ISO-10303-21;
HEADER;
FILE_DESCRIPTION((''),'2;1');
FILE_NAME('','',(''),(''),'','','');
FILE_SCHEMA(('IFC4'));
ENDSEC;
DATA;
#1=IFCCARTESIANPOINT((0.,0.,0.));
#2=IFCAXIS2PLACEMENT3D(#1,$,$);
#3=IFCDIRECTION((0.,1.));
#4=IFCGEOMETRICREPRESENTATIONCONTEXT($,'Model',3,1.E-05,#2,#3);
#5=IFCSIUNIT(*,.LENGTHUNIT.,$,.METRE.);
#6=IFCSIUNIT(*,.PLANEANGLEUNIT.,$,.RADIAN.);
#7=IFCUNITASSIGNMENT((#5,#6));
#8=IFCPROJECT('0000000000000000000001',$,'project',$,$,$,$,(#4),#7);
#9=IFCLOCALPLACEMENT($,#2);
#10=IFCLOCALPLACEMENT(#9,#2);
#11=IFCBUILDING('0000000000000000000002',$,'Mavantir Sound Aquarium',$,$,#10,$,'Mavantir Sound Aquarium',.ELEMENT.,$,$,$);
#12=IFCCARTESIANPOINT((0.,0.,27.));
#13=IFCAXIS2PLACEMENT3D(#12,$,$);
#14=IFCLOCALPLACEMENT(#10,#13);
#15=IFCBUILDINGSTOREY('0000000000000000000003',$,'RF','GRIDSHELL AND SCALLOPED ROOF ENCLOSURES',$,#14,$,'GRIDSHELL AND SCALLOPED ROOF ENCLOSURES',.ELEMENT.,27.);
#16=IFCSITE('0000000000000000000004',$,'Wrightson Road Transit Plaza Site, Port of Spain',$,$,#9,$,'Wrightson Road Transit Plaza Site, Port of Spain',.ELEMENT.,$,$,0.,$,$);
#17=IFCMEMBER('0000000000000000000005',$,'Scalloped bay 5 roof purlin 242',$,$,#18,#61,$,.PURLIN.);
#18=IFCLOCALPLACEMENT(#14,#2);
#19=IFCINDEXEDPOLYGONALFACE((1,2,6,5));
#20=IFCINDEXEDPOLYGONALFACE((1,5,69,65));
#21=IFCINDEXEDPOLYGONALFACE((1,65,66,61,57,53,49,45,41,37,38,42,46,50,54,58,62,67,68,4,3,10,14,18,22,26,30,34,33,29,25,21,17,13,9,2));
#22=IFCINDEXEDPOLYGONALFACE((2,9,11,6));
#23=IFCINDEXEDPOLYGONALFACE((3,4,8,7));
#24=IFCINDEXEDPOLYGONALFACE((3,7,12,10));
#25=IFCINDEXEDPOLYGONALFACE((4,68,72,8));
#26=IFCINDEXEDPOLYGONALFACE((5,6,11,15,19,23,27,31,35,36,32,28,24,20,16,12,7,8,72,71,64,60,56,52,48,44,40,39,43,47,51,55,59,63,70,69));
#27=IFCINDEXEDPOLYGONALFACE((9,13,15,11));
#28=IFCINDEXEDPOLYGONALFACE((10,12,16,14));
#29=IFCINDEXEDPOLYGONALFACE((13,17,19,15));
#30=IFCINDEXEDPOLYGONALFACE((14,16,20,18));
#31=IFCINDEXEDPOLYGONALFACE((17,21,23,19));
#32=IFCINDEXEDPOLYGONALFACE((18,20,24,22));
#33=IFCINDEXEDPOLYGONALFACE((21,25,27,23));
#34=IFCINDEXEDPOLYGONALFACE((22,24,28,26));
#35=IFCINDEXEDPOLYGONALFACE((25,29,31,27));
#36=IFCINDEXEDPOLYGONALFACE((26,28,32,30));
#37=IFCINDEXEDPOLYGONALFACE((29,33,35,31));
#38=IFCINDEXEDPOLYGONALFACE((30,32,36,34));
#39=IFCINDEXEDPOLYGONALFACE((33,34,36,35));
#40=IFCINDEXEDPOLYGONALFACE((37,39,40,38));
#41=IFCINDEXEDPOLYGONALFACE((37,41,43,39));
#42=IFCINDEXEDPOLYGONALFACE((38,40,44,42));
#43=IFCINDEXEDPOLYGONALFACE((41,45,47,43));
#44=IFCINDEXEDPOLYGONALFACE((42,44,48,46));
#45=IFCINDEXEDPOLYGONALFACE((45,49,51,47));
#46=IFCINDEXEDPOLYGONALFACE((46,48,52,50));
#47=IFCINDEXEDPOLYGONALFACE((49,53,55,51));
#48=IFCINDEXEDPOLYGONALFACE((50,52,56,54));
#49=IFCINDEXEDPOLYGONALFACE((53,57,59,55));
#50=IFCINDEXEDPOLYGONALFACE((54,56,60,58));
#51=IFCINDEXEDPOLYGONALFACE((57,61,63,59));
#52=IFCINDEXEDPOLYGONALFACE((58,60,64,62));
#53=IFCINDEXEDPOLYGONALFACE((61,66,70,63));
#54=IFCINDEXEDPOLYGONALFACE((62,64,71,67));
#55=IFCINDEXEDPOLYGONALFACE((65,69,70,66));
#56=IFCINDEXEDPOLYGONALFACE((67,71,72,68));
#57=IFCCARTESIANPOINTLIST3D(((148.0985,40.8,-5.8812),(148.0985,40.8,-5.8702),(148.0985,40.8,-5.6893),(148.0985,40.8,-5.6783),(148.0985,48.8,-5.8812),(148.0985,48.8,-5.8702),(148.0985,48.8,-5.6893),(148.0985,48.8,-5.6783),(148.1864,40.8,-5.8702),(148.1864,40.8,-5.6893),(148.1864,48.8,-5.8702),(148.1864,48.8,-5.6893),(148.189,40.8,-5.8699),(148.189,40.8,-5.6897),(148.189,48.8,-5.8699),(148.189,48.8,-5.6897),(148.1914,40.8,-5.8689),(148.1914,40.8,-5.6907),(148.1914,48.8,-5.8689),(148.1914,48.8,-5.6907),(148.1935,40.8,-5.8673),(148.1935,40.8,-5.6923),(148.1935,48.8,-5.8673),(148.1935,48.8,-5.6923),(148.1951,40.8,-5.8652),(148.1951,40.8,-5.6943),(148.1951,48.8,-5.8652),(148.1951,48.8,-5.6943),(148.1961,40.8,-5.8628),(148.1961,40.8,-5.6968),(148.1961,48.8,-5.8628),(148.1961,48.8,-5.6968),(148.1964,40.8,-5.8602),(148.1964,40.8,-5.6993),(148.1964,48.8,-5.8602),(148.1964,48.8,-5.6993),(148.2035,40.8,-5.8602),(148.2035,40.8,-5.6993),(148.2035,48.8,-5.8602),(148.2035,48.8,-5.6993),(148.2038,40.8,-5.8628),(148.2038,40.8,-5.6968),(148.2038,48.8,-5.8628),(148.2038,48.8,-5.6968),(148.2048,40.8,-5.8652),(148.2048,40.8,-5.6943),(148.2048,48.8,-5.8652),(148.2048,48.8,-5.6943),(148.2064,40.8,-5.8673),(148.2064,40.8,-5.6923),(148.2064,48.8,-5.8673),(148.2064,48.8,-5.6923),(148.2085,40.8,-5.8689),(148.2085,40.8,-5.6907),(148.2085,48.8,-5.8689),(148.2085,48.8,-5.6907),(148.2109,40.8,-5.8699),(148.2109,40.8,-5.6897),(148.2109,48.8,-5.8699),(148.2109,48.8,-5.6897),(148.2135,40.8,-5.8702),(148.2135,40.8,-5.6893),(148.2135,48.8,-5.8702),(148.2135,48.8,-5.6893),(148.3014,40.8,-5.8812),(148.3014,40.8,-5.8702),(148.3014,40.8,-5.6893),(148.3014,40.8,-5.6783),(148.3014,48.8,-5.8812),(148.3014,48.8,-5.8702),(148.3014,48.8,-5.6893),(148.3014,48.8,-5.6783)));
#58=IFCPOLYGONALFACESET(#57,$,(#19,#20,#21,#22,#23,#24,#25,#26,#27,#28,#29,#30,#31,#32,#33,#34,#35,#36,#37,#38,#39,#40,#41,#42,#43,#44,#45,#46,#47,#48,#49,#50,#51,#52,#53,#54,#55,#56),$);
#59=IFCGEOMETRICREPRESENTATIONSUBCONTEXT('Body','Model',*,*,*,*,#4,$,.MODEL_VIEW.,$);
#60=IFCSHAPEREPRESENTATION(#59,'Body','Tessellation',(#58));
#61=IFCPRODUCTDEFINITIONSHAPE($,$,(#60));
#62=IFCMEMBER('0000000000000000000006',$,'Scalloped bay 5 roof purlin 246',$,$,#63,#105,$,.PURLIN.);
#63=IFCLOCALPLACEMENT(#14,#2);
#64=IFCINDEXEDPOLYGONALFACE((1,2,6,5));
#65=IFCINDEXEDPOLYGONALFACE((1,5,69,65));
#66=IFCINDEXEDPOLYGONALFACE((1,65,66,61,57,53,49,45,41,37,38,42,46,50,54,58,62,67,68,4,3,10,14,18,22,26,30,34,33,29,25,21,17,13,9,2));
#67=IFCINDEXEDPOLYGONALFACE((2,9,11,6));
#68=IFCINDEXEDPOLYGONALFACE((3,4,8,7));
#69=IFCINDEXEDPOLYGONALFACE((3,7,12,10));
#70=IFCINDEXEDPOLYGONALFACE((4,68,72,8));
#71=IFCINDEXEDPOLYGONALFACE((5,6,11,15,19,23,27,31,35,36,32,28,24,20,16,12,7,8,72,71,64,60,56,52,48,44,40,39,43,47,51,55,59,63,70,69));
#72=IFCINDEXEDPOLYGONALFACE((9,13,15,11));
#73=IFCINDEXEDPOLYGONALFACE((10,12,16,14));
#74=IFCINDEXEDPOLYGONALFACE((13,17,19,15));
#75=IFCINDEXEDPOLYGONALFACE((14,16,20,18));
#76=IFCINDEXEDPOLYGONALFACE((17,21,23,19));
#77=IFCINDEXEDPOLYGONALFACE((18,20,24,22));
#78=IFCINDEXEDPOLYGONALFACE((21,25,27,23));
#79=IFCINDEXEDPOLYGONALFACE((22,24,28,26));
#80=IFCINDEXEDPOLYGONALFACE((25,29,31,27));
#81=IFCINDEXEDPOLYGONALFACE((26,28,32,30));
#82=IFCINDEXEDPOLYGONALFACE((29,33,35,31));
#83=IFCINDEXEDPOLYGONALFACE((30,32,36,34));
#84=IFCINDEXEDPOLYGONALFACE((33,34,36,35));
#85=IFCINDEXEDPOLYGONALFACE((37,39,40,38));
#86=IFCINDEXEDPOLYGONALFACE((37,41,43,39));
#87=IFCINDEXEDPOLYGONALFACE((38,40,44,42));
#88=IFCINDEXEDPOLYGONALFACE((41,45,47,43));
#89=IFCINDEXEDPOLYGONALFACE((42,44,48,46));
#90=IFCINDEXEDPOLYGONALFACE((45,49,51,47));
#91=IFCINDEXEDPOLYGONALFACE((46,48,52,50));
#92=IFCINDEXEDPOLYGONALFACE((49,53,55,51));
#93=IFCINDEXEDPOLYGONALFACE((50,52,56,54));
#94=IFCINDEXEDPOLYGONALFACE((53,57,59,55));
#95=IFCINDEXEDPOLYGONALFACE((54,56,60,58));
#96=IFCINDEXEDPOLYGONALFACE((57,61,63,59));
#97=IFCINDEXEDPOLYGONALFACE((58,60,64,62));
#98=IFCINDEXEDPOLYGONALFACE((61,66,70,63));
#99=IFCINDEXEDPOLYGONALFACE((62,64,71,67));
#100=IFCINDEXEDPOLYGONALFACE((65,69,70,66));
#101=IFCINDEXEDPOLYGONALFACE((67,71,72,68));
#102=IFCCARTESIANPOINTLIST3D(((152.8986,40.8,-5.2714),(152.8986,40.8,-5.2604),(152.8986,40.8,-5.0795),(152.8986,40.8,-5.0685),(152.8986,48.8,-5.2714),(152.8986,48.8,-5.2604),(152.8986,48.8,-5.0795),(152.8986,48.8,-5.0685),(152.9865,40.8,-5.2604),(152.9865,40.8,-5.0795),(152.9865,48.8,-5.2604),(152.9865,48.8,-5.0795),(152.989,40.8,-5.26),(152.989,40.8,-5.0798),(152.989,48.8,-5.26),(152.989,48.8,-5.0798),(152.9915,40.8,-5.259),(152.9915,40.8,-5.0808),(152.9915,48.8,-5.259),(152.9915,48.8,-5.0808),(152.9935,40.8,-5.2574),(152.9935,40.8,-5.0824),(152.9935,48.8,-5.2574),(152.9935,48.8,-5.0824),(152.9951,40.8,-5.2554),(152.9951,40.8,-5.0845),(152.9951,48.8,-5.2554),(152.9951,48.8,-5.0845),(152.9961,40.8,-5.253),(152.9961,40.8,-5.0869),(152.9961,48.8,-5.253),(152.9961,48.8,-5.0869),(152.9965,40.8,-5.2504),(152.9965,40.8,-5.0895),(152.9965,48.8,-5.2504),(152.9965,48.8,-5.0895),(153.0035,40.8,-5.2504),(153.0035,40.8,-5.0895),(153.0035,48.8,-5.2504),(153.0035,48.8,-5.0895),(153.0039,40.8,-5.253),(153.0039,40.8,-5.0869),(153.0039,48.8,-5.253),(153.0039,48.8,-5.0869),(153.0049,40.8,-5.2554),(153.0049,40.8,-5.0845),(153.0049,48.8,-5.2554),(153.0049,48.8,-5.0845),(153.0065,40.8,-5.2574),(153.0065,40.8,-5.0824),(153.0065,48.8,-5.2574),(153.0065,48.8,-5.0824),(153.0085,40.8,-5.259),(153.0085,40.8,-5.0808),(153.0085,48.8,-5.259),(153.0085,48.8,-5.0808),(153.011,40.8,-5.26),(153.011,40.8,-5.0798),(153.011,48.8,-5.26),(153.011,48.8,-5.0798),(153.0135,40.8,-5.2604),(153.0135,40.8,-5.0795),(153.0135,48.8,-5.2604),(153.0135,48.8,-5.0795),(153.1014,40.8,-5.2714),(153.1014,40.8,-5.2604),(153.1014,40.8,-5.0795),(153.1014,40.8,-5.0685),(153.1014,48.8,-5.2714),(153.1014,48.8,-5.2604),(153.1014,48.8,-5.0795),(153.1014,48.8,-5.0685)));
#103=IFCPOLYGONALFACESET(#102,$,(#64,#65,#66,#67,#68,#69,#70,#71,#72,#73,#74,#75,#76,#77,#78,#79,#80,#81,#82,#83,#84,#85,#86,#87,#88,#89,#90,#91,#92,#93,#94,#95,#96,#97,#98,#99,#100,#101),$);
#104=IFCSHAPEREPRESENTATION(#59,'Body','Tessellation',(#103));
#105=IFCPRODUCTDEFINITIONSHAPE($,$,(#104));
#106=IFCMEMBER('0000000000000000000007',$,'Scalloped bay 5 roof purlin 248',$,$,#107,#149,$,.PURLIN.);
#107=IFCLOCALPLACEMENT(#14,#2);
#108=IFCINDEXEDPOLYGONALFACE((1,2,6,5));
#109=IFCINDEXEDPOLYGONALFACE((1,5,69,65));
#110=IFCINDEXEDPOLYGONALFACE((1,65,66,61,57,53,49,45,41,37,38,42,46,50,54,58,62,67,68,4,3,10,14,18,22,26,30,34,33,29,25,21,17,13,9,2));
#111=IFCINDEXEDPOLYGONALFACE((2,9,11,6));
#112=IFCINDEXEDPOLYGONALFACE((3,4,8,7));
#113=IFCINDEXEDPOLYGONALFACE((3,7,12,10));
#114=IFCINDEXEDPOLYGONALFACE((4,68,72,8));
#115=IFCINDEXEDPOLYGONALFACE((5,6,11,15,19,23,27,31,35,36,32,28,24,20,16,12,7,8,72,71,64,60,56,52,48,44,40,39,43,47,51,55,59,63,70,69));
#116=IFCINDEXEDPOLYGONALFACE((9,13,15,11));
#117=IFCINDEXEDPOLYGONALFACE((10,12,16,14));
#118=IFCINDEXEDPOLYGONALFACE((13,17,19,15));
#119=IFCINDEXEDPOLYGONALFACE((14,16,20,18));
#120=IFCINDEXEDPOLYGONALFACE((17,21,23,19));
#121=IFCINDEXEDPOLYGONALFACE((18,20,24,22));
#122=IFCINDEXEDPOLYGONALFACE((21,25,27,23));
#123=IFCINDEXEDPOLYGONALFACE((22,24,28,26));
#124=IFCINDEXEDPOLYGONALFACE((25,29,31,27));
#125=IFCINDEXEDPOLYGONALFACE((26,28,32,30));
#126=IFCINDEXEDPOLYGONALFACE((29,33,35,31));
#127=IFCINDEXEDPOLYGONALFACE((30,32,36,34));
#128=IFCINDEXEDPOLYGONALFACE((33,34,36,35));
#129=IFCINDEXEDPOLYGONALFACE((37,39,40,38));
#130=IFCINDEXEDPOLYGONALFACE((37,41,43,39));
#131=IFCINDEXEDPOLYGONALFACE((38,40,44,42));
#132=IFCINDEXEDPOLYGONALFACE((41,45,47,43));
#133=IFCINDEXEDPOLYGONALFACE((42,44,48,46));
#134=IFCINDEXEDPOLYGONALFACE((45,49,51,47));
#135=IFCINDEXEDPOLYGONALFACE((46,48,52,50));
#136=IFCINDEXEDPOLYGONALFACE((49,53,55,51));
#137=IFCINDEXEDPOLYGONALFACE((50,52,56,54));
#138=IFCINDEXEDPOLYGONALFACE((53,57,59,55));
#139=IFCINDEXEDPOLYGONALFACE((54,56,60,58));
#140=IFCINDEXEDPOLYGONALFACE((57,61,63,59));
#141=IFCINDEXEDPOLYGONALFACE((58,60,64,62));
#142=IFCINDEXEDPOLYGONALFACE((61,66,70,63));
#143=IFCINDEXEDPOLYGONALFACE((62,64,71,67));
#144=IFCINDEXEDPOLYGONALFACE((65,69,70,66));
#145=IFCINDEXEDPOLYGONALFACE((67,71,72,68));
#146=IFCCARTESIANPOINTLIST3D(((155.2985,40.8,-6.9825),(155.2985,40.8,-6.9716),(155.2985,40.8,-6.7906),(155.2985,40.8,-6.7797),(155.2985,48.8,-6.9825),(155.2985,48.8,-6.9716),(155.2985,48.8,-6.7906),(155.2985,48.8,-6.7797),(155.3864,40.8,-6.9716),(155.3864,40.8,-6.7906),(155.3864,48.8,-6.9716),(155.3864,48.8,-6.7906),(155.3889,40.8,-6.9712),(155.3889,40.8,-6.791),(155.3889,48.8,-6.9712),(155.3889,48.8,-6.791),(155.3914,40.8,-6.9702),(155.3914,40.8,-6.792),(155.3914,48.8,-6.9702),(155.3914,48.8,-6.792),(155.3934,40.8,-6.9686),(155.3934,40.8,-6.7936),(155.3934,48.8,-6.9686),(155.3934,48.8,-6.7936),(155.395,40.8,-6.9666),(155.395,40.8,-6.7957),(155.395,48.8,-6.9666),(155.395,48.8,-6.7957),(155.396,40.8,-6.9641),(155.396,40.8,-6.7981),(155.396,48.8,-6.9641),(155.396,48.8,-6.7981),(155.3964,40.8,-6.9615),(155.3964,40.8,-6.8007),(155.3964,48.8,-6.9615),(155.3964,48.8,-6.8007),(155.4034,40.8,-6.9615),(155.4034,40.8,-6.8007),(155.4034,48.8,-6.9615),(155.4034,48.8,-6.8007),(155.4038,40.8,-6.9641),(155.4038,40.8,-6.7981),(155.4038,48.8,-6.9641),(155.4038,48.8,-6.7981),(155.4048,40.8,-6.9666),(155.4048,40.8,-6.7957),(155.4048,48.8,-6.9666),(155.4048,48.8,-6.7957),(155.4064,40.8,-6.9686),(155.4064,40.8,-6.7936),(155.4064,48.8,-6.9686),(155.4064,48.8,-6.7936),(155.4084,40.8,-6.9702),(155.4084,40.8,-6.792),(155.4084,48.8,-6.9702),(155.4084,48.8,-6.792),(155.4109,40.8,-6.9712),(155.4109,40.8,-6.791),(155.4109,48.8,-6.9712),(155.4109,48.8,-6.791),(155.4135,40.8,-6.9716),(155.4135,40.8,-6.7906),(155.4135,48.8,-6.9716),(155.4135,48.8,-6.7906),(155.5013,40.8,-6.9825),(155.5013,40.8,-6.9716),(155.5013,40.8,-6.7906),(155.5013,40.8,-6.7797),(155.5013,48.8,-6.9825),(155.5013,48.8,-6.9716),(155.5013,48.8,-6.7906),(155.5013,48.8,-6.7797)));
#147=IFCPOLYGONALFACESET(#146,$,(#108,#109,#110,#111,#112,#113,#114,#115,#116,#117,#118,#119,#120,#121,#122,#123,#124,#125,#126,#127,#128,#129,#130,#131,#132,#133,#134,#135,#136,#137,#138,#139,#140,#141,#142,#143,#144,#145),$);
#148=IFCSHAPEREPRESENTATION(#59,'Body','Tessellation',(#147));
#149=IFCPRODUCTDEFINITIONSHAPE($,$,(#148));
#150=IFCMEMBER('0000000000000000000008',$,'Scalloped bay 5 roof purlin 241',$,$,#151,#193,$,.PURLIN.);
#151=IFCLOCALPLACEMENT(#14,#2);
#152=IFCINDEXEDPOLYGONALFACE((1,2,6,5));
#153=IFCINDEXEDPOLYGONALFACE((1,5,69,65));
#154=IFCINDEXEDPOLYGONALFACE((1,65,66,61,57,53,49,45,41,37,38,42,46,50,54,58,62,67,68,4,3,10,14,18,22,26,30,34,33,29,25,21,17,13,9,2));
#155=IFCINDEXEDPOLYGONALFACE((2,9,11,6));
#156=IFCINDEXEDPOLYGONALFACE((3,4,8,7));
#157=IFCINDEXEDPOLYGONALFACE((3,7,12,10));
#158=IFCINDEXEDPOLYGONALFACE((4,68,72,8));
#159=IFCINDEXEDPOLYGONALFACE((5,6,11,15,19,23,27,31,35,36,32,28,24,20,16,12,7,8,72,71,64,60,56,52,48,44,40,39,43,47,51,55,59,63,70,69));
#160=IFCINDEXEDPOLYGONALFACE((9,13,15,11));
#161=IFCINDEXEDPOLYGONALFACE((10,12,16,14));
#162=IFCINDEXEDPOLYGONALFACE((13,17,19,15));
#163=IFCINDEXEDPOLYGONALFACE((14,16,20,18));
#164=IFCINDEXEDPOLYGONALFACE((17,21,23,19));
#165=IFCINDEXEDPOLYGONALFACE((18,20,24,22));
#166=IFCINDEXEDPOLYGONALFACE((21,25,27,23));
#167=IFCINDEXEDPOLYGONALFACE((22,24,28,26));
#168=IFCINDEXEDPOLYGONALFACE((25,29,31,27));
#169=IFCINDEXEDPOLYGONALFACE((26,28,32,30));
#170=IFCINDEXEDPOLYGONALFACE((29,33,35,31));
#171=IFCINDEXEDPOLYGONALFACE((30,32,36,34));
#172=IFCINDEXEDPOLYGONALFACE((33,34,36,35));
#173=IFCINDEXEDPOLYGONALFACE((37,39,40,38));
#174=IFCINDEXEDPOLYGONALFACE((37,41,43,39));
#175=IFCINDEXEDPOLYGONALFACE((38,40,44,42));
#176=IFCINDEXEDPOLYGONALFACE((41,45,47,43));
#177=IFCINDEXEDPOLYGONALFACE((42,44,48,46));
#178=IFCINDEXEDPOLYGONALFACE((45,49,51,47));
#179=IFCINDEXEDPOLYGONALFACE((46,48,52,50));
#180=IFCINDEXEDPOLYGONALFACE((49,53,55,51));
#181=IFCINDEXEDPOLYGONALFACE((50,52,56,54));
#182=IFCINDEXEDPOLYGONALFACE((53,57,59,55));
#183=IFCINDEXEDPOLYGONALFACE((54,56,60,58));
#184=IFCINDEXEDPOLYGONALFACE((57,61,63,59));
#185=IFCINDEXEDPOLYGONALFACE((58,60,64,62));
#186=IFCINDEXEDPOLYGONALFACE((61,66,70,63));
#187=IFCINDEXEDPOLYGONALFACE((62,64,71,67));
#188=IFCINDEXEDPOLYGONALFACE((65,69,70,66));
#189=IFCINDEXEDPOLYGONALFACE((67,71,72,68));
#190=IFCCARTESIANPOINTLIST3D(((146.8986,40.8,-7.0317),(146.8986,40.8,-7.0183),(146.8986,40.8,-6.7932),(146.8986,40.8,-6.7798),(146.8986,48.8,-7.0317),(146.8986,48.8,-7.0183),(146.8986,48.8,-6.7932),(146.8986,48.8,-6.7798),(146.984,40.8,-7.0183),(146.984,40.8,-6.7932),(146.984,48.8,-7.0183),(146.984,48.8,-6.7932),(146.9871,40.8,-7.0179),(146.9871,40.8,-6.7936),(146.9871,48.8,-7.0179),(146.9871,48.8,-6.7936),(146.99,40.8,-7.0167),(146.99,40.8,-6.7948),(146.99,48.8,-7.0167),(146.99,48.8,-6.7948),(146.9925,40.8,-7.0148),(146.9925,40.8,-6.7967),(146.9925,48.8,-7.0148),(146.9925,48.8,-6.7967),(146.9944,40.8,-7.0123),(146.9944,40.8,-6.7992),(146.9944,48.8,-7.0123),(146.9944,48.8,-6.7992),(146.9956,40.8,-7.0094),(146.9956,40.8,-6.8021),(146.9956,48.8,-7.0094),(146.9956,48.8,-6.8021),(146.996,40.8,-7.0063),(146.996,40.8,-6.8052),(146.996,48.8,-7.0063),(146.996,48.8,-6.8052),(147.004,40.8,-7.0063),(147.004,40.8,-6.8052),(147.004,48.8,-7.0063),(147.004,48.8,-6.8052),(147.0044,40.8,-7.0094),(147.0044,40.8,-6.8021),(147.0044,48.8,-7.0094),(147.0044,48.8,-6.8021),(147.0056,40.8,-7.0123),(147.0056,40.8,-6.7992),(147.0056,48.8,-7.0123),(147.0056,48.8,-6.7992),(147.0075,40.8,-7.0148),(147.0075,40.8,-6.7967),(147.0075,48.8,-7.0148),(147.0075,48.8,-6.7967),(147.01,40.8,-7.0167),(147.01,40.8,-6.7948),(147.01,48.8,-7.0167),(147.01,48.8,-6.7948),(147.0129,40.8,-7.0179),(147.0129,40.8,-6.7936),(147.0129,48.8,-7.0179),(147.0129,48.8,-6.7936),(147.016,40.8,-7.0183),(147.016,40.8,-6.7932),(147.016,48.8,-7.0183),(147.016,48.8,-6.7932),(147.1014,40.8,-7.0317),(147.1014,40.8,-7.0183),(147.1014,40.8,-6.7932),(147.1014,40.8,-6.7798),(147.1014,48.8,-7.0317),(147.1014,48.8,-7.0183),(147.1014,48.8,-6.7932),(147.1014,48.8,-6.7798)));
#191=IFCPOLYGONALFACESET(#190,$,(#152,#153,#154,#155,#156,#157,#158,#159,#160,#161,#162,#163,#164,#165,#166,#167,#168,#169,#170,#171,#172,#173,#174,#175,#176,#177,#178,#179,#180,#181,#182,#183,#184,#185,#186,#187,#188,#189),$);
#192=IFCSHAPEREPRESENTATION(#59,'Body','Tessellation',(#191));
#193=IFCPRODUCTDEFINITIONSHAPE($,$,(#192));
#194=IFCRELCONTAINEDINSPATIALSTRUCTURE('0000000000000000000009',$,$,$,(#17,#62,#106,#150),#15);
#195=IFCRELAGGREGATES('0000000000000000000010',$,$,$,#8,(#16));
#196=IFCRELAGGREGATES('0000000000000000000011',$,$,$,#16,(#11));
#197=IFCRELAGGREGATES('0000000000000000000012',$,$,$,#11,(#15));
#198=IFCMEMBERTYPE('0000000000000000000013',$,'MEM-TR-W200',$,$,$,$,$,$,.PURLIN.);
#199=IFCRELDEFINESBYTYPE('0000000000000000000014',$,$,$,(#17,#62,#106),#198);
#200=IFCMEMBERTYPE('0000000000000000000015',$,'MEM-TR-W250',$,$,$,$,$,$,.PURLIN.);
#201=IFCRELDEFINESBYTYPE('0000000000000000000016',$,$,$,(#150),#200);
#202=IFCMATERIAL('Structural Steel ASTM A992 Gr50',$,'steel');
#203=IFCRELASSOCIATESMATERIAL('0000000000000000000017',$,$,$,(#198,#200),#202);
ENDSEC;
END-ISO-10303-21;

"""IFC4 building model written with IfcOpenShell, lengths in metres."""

from ifc_helpers import new_model, si_unit, direction, frame, origin, origin_2d, place, context, subcontext, project, spatial, i_section, extrude, material, material_profile, profile_set, type_object, element, save


model = new_model("IFC4")

# Units and contexts
model_context = context("Model", 3, precision=1e-05, world=origin(), true_north=direction((0.0, 1.0)))
body_context = subcontext(model_context, "Body", "Model", "MODEL_VIEW")
ifc_project = project(units=[si_unit("LENGTHUNIT", "METRE"), si_unit("PLANEANGLEUNIT", "RADIAN")], contexts=[model_context])

# Site, building, storey
site_placement = place(None, origin())
site = spatial("IfcSite", under=ifc_project, at=site_placement, Name="Wrightson Road Transit Plaza Site, Port of Spain", LongName="Wrightson Road Transit Plaza Site, Port of Spain", CompositionType="ELEMENT", RefElevation=0.0)
building_placement = place(site_placement, origin())
building = spatial("IfcBuilding", under=site, at=building_placement, Name="Mavantir Sound Aquarium", LongName="Mavantir Sound Aquarium", CompositionType="ELEMENT")
storey_placement = place(building_placement, frame((0.0, 0.0, 27.0)))
storey = spatial("IfcBuildingStorey", under=building, at=storey_placement, Name="RF", Description="GRIDSHELL AND SCALLOPED ROOF ENCLOSURES", LongName="GRIDSHELL AND SCALLOPED ROOF ENCLOSURES", CompositionType="ELEMENT", Elevation=27.0)

# Shared definitions
ifc_material_1 = material(Name="Structural Steel ASTM A992 Gr50", Category="steel")

# Members
ifc_material_profile_1 = material_profile(ifc_material_1, i_section(OverallWidth=0.2029, OverallDepth=0.2029, WebThickness=0.0071, FlangeThickness=0.011, FilletRadius=0.01, at=origin_2d()), Name="W200X46")
ifc_profile_set_1 = profile_set([ifc_material_profile_1], Name="Structural Steel ASTM A992 Gr50")
member_type_1 = type_object("IfcMemberType", Name="MEM-TR-W200", PredefinedType="PURLIN", material=ifc_profile_set_1)
for number, where, z_axis, x_axis, name in (
    (1, (148.2, 40.8, -5.7798), (0.0, 1.0, 0.0), (-1.0, 0.0, 0.0), "Scalloped bay 5 roof purlin 242"),
    (2, (153.0, 40.8, -5.1699), (0.0, 1.0, 0.0), (-1.0, 0.0, 0.0), "Scalloped bay 5 roof purlin 246"),
    (3, (155.3999, 40.8, -6.8811), (0.0, 1.0, 0.0), (-1.0, 0.0, 0.0), "Scalloped bay 5 roof purlin 248"),
):
    element("IfcMember", number, at=place(storey_placement, frame(where, z_axis=z_axis, x_axis=x_axis)), inside=storey, type_object=member_type_1, Name=name, PredefinedType="PURLIN", context=body_context, shape_type="SweptSolid", body=[
        extrude(i_section(OverallWidth=0.2029, OverallDepth=0.2029, WebThickness=0.0071, FlangeThickness=0.011, FilletRadius=0.01, at=origin_2d()), origin(), (0.0, 0.0, 1.0), 8.0),
    ])
ifc_material_profile_2 = material_profile(ifc_material_1, i_section(OverallWidth=0.2029, OverallDepth=0.252, WebThickness=0.0081, FlangeThickness=0.0134, FilletRadius=0.012, at=origin_2d()), Name="W250X58")
ifc_profile_set_2 = profile_set([ifc_material_profile_2], Name="Structural Steel ASTM A992 Gr50")
member_type_2 = type_object("IfcMemberType", Name="MEM-TR-W250", PredefinedType="PURLIN", material=ifc_profile_set_2)
for number, where, z_axis, x_axis, name in (
    (4, (147.0, 40.8, -6.9058), (0.0, 1.0, 0.0), (-1.0, 0.0, 0.0), "Scalloped bay 5 roof purlin 241"),
):
    element("IfcMember", number, at=place(storey_placement, frame(where, z_axis=z_axis, x_axis=x_axis)), inside=storey, type_object=member_type_2, Name=name, PredefinedType="PURLIN", context=body_context, shape_type="SweptSolid", body=[
        extrude(i_section(OverallWidth=0.2029, OverallDepth=0.252, WebThickness=0.0081, FlangeThickness=0.0134, FilletRadius=0.012, at=origin_2d()), origin(), (0.0, 0.0, 1.0), 8.0),
    ])

save(model, "model.ifc")
